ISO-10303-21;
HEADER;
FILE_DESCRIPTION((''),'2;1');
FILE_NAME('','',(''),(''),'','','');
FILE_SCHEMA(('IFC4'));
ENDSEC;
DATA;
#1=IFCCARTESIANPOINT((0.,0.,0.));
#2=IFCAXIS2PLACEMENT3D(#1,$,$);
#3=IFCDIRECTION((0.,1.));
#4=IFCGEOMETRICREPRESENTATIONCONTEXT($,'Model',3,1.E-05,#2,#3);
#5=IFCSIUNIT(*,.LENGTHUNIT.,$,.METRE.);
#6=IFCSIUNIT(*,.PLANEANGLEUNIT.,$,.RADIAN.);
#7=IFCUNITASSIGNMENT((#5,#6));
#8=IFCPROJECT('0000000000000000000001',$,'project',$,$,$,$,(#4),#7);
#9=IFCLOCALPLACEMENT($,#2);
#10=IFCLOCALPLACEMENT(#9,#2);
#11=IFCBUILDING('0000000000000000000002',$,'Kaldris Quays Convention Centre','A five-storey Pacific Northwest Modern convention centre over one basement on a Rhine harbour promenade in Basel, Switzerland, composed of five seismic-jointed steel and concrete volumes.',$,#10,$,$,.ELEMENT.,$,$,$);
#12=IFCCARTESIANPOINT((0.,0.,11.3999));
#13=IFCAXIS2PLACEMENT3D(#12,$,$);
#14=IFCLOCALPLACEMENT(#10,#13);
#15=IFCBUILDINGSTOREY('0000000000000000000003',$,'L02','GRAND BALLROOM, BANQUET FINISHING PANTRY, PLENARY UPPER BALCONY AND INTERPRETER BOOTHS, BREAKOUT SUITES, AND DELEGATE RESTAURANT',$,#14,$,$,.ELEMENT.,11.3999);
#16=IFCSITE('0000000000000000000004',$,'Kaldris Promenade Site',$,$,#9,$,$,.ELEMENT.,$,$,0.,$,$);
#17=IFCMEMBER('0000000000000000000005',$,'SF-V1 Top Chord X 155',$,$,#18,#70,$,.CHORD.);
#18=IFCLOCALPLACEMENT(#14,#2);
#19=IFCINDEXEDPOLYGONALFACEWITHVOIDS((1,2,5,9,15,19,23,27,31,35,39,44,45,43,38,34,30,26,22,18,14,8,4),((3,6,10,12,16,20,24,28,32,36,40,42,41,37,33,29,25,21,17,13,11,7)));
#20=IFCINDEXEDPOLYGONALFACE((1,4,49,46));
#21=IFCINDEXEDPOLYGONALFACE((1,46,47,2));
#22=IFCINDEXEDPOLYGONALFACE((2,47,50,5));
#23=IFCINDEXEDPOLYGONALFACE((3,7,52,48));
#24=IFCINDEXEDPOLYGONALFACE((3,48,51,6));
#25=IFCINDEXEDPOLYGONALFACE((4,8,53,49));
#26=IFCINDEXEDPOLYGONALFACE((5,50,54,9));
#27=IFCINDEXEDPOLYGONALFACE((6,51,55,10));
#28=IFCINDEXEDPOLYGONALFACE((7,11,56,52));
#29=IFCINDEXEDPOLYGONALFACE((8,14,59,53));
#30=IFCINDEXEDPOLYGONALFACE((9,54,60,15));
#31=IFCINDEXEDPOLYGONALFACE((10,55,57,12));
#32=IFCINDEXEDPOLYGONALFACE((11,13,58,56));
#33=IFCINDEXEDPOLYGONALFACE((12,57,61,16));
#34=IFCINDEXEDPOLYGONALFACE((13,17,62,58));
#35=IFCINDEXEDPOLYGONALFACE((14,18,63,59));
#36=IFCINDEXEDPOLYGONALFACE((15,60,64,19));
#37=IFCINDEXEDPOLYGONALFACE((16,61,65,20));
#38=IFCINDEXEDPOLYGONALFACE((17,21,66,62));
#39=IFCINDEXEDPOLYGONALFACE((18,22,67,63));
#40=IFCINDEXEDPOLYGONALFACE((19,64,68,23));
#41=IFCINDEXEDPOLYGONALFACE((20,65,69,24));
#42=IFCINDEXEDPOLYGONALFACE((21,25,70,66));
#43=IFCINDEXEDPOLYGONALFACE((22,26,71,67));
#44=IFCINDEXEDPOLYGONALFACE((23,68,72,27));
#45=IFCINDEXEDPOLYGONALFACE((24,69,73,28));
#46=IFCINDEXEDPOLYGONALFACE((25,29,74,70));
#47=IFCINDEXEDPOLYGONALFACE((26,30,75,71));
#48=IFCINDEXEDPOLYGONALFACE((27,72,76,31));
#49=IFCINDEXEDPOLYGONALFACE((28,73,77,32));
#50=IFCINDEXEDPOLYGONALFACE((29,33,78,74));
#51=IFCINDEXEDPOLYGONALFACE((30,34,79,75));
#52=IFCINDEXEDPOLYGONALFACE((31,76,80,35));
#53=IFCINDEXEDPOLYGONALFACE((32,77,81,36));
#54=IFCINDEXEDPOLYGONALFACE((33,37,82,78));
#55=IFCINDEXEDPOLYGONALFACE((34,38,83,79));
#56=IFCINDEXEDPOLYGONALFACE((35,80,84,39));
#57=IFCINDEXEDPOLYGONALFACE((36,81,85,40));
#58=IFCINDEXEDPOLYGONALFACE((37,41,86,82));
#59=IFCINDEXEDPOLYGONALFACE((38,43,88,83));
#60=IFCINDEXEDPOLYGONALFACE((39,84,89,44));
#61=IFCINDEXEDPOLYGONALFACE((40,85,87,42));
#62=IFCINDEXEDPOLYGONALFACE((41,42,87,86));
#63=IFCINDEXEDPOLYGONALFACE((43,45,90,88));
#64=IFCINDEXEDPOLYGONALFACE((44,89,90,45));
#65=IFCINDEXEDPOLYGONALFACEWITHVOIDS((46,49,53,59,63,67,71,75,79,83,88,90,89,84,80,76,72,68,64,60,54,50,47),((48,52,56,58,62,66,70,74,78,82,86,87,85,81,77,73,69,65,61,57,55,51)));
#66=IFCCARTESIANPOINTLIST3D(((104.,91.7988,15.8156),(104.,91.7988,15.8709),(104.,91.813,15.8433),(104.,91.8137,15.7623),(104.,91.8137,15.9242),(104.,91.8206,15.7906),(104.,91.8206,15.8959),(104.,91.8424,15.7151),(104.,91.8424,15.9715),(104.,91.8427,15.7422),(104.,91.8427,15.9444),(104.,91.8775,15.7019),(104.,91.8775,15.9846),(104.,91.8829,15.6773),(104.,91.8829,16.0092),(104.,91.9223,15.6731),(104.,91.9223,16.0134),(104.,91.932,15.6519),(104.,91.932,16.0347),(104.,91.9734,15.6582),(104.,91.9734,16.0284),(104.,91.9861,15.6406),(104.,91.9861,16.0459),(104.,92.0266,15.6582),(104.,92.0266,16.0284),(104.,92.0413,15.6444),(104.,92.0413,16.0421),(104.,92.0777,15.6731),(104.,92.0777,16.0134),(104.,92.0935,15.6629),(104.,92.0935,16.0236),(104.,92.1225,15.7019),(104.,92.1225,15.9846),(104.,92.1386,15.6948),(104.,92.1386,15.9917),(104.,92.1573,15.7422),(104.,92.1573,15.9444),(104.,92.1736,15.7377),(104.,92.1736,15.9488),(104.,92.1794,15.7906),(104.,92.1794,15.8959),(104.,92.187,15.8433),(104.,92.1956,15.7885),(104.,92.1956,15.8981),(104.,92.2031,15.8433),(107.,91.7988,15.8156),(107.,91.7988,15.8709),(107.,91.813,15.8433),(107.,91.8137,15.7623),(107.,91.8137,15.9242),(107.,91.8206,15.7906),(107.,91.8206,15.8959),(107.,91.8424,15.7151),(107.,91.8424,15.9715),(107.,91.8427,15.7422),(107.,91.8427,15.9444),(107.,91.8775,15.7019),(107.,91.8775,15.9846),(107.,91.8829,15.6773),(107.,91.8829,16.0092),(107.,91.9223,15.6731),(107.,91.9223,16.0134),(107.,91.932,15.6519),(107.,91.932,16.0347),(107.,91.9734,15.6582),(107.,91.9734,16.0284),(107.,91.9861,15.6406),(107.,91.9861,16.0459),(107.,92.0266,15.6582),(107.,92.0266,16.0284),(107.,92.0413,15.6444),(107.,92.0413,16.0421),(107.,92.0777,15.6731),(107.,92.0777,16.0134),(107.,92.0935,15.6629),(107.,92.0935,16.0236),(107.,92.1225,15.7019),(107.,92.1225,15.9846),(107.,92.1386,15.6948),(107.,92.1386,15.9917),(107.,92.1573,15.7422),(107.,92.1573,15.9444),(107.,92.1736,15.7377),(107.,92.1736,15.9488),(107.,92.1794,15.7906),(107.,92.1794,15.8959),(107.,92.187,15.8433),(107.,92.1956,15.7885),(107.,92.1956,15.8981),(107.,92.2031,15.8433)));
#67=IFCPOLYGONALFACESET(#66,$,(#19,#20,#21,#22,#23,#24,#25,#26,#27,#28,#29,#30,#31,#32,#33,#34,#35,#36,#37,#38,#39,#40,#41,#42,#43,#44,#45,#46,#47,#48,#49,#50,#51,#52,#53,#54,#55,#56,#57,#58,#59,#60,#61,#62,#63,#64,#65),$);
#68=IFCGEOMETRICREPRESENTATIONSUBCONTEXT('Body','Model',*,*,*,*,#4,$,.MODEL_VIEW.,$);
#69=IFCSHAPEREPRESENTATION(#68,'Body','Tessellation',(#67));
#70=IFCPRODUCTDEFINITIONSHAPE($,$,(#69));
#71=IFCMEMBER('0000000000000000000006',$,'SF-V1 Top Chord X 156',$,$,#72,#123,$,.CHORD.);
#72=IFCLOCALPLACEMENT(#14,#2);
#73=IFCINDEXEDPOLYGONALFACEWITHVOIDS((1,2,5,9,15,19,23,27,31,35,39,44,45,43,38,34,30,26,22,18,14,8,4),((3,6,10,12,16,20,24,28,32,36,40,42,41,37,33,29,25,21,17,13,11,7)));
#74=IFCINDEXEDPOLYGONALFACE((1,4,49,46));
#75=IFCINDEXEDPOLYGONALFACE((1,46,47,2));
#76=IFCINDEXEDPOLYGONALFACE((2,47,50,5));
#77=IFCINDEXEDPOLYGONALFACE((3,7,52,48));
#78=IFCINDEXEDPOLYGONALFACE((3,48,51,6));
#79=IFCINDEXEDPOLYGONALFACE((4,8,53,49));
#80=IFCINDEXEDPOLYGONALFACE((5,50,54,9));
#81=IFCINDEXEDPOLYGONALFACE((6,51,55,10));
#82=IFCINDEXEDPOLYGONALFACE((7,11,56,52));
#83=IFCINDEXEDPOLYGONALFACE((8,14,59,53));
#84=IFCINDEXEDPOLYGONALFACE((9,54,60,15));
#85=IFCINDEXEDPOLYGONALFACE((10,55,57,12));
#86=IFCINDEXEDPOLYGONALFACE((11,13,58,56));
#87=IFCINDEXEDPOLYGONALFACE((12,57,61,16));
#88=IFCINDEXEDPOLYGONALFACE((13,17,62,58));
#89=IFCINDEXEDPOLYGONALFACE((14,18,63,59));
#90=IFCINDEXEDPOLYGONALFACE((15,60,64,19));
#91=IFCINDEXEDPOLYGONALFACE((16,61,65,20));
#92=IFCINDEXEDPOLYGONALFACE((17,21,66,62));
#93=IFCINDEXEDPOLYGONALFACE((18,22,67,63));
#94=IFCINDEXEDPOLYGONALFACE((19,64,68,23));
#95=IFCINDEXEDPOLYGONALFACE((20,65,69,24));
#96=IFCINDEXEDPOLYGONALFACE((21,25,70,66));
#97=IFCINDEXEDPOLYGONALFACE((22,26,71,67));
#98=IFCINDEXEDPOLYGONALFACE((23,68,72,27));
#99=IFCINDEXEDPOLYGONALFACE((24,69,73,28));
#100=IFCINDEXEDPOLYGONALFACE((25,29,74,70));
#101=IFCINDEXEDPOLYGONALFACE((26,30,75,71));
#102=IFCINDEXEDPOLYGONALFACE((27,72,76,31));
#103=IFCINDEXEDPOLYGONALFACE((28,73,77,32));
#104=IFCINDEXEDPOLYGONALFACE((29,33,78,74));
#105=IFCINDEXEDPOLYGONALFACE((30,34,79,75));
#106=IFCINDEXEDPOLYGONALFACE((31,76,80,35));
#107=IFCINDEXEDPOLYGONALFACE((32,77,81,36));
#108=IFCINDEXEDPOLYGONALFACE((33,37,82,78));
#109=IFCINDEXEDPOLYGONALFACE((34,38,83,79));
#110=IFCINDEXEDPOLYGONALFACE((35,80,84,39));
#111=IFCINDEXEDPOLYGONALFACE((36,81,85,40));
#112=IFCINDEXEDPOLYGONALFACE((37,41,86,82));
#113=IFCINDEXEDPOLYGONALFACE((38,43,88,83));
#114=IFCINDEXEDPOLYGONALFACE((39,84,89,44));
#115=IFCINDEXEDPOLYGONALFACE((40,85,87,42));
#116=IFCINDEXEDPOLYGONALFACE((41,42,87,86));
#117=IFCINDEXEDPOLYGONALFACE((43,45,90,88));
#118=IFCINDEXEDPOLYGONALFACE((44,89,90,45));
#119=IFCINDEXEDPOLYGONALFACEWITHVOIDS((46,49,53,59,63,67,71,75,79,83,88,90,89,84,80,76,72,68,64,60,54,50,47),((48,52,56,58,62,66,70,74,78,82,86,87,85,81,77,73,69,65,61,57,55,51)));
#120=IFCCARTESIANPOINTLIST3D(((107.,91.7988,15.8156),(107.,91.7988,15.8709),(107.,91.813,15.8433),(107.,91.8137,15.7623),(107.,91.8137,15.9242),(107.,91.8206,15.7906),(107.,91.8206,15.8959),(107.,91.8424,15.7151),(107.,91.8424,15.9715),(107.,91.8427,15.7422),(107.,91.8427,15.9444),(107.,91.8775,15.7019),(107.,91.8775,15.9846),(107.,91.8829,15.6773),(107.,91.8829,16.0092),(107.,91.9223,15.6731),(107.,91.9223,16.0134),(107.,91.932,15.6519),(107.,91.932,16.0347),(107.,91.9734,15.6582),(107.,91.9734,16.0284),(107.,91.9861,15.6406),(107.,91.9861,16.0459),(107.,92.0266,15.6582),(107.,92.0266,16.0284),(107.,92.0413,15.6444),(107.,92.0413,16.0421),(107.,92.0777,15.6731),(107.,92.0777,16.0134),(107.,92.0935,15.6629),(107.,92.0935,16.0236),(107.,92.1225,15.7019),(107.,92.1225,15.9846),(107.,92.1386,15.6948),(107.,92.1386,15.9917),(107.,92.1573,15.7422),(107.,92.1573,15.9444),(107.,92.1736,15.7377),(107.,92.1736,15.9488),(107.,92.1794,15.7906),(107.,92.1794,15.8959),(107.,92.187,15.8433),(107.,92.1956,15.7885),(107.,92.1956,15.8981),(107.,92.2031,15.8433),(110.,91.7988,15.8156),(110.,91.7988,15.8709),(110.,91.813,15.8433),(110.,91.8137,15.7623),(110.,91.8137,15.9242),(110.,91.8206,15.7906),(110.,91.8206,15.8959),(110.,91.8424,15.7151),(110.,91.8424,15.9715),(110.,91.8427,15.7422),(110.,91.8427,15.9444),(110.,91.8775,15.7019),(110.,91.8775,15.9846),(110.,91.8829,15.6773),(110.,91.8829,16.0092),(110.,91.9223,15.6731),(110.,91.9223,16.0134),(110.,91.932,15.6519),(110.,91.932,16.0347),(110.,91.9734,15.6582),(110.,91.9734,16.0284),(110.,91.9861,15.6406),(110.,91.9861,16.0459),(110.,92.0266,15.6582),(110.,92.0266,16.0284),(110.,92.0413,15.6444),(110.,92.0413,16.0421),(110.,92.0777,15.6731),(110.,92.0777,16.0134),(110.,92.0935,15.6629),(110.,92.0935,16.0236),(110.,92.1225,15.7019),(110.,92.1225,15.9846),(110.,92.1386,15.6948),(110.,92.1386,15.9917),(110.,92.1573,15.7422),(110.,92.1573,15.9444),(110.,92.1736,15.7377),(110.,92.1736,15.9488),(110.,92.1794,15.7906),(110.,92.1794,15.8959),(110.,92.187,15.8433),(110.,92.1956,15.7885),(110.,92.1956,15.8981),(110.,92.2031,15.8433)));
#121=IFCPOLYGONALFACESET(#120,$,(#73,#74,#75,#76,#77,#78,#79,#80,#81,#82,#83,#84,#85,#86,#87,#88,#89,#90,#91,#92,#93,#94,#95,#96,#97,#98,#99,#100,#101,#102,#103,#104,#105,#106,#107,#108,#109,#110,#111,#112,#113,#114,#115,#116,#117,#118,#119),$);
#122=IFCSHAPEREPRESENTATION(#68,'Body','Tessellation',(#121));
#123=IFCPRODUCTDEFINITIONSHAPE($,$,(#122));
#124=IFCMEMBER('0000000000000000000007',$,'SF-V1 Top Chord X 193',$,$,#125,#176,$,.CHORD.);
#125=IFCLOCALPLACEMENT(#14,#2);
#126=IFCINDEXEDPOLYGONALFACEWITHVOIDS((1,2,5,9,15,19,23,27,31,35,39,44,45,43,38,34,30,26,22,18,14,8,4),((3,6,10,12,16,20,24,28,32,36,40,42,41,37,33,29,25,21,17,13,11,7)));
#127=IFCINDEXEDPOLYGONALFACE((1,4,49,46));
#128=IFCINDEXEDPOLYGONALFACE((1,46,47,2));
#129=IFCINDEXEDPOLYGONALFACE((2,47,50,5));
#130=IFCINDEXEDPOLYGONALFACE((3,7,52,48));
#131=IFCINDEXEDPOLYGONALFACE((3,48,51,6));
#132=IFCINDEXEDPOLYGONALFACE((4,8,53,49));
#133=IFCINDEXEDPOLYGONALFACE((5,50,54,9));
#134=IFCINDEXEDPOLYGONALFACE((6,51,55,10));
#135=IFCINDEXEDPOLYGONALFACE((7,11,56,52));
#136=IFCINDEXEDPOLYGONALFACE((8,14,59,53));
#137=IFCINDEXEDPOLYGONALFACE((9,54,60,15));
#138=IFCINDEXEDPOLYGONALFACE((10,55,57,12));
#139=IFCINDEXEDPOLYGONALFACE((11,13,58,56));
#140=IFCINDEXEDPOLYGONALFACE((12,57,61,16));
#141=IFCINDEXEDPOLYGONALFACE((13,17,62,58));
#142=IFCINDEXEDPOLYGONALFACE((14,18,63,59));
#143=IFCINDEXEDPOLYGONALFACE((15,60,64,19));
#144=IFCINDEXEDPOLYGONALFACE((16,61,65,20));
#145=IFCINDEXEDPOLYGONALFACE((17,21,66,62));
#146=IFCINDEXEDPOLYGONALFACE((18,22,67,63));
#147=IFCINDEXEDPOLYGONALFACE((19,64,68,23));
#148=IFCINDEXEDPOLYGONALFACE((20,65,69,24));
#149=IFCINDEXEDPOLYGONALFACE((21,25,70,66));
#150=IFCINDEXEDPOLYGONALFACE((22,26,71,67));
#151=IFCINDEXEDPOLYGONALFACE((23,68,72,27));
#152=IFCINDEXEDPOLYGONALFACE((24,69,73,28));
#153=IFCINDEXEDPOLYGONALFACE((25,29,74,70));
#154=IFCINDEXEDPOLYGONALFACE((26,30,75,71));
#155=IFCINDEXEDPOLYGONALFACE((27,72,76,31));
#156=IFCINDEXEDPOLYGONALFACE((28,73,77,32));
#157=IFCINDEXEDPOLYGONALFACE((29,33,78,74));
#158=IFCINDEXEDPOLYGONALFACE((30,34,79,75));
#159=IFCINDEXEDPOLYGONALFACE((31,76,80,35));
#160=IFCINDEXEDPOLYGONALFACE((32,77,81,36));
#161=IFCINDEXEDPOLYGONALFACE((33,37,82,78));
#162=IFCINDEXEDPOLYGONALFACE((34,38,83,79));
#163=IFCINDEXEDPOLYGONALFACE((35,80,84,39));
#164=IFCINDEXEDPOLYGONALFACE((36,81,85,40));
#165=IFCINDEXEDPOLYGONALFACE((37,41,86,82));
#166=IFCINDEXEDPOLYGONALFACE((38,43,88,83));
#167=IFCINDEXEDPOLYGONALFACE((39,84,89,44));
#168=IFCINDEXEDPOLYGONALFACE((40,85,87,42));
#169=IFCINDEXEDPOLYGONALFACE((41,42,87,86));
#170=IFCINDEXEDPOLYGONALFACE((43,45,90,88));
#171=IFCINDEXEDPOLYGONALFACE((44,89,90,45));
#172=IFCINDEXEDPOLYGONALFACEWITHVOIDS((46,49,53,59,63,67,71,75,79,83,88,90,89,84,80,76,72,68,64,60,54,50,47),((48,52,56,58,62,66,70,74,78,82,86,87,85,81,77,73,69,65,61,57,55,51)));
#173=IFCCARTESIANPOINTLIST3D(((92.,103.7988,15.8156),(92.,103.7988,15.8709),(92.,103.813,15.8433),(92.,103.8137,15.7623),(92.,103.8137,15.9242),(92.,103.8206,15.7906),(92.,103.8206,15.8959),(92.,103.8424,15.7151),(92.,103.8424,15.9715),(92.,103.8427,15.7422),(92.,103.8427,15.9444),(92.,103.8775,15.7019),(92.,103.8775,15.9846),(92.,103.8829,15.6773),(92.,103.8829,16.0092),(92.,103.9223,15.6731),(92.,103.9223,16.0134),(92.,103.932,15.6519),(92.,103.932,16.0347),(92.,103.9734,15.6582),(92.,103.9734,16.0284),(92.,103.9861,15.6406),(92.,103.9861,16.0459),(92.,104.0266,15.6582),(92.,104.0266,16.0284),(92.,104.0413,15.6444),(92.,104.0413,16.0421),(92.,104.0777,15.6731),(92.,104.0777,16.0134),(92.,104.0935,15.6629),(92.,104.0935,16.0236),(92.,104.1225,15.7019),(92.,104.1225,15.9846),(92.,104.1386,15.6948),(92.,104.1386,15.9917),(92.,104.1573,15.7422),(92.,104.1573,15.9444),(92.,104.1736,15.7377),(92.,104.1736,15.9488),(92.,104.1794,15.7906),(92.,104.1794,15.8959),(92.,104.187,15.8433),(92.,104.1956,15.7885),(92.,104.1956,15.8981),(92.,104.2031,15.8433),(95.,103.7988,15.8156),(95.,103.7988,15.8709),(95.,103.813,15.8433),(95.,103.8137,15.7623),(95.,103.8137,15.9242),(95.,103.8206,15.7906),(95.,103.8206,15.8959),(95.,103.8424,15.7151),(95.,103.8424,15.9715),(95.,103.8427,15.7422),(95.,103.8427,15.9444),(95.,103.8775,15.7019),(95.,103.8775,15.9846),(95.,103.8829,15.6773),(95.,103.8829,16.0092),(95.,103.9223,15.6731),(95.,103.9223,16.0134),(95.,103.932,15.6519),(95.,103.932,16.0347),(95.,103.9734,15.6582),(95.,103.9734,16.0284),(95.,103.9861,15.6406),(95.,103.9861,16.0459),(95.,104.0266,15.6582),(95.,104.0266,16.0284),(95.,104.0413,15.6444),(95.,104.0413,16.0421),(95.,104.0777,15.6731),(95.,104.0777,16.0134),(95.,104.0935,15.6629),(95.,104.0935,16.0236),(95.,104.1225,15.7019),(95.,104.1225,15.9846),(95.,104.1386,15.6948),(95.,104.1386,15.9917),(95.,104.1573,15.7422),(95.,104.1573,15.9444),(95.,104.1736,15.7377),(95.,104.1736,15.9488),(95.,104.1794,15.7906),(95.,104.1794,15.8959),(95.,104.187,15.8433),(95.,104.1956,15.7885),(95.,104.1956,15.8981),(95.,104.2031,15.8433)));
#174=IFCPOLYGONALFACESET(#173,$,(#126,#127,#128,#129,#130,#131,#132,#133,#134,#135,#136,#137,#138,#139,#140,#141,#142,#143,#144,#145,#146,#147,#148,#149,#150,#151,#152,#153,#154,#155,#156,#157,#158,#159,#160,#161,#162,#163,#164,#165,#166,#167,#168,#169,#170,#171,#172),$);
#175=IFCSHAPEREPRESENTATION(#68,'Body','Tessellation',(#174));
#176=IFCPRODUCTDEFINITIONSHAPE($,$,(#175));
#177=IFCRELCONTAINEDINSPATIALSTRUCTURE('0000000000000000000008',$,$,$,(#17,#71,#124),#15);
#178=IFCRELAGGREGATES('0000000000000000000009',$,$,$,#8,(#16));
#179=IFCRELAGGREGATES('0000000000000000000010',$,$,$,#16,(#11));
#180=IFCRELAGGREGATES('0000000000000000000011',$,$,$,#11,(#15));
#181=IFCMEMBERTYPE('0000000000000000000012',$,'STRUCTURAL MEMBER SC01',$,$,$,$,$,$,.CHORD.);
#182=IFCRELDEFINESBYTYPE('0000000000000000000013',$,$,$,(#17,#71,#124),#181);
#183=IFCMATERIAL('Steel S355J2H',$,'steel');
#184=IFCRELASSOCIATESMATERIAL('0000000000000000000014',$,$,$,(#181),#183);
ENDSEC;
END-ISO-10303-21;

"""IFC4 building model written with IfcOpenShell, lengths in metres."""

from ifc_helpers import new_model, si_unit, direction, frame, origin, origin_2d, place, context, subcontext, project, spatial, hollow_circle, extrude, material, material_profile, profile_set, type_object, element, save


model = new_model("IFC4")

# Units and contexts
model_context = context("Model", 3, precision=1e-05, world=origin(), true_north=direction((0.0, 1.0)))
body_context = subcontext(model_context, "Body", "Model", "MODEL_VIEW")
ifc_project = project(units=[si_unit("LENGTHUNIT", "METRE"), si_unit("PLANEANGLEUNIT", "RADIAN")], contexts=[model_context])

# Site, building, storey
site_placement = place(None, origin())
site = spatial("IfcSite", under=ifc_project, at=site_placement, Name="Kaldris Promenade Site", CompositionType="ELEMENT", RefElevation=0.0)
building_placement = place(site_placement, origin())
building = spatial("IfcBuilding", under=site, at=building_placement, Name="Kaldris Quays Convention Centre", Description="A five-storey Pacific Northwest Modern convention centre over one basement on a Rhine harbour promenade in Basel, Switzerland, composed of five seismic-jointed steel and concrete volumes.", CompositionType="ELEMENT")
storey_placement = place(building_placement, frame((0.0, 0.0, 11.3999)))
storey = spatial("IfcBuildingStorey", under=building, at=storey_placement, Name="L02", Description="GRAND BALLROOM, BANQUET FINISHING PANTRY, PLENARY UPPER BALCONY AND INTERPRETER BOOTHS, BREAKOUT SUITES, AND DELEGATE RESTAURANT", CompositionType="ELEMENT", Elevation=11.3999)

# Members
ifc_material_1 = material(Name="Steel S355J2H", Category="steel")
ifc_material_profile_1 = material_profile(ifc_material_1, hollow_circle(Radius=0.2031, WallThickness=0.0161, at=origin_2d()), Name="CHS 406.4x16")
ifc_profile_set_1 = profile_set([ifc_material_profile_1], Name="Steel S355J2H")
member_type_1 = type_object("IfcMemberType", Name="STRUCTURAL MEMBER SC01", PredefinedType="CHORD", material=ifc_profile_set_1)
for number, where, z_axis, x_axis, name in (
    (1, (104.0, 92.0, 15.8433), (1.0, 0.0, 0.0), (0.0, 1.0, 0.0), "SF-V1 Top Chord X 155"),
    (2, (107.0, 92.0, 15.8433), (1.0, 0.0, 0.0), (0.0, 1.0, 0.0), "SF-V1 Top Chord X 156"),
    (3, (92.0, 104.0, 15.8433), (1.0, 0.0, 0.0), (0.0, 1.0, 0.0), "SF-V1 Top Chord X 193"),
):
    element("IfcMember", number, at=place(storey_placement, frame(where, z_axis=z_axis, x_axis=x_axis)), inside=storey, type_object=member_type_1, Name=name, PredefinedType="CHORD", context=body_context, shape_type="SweptSolid", body=[
        extrude(hollow_circle(Radius=0.2031, WallThickness=0.0161, at=origin_2d()), origin(), (0.0, 0.0, 1.0), 3.0),
    ])

save(model, "model.ifc")
